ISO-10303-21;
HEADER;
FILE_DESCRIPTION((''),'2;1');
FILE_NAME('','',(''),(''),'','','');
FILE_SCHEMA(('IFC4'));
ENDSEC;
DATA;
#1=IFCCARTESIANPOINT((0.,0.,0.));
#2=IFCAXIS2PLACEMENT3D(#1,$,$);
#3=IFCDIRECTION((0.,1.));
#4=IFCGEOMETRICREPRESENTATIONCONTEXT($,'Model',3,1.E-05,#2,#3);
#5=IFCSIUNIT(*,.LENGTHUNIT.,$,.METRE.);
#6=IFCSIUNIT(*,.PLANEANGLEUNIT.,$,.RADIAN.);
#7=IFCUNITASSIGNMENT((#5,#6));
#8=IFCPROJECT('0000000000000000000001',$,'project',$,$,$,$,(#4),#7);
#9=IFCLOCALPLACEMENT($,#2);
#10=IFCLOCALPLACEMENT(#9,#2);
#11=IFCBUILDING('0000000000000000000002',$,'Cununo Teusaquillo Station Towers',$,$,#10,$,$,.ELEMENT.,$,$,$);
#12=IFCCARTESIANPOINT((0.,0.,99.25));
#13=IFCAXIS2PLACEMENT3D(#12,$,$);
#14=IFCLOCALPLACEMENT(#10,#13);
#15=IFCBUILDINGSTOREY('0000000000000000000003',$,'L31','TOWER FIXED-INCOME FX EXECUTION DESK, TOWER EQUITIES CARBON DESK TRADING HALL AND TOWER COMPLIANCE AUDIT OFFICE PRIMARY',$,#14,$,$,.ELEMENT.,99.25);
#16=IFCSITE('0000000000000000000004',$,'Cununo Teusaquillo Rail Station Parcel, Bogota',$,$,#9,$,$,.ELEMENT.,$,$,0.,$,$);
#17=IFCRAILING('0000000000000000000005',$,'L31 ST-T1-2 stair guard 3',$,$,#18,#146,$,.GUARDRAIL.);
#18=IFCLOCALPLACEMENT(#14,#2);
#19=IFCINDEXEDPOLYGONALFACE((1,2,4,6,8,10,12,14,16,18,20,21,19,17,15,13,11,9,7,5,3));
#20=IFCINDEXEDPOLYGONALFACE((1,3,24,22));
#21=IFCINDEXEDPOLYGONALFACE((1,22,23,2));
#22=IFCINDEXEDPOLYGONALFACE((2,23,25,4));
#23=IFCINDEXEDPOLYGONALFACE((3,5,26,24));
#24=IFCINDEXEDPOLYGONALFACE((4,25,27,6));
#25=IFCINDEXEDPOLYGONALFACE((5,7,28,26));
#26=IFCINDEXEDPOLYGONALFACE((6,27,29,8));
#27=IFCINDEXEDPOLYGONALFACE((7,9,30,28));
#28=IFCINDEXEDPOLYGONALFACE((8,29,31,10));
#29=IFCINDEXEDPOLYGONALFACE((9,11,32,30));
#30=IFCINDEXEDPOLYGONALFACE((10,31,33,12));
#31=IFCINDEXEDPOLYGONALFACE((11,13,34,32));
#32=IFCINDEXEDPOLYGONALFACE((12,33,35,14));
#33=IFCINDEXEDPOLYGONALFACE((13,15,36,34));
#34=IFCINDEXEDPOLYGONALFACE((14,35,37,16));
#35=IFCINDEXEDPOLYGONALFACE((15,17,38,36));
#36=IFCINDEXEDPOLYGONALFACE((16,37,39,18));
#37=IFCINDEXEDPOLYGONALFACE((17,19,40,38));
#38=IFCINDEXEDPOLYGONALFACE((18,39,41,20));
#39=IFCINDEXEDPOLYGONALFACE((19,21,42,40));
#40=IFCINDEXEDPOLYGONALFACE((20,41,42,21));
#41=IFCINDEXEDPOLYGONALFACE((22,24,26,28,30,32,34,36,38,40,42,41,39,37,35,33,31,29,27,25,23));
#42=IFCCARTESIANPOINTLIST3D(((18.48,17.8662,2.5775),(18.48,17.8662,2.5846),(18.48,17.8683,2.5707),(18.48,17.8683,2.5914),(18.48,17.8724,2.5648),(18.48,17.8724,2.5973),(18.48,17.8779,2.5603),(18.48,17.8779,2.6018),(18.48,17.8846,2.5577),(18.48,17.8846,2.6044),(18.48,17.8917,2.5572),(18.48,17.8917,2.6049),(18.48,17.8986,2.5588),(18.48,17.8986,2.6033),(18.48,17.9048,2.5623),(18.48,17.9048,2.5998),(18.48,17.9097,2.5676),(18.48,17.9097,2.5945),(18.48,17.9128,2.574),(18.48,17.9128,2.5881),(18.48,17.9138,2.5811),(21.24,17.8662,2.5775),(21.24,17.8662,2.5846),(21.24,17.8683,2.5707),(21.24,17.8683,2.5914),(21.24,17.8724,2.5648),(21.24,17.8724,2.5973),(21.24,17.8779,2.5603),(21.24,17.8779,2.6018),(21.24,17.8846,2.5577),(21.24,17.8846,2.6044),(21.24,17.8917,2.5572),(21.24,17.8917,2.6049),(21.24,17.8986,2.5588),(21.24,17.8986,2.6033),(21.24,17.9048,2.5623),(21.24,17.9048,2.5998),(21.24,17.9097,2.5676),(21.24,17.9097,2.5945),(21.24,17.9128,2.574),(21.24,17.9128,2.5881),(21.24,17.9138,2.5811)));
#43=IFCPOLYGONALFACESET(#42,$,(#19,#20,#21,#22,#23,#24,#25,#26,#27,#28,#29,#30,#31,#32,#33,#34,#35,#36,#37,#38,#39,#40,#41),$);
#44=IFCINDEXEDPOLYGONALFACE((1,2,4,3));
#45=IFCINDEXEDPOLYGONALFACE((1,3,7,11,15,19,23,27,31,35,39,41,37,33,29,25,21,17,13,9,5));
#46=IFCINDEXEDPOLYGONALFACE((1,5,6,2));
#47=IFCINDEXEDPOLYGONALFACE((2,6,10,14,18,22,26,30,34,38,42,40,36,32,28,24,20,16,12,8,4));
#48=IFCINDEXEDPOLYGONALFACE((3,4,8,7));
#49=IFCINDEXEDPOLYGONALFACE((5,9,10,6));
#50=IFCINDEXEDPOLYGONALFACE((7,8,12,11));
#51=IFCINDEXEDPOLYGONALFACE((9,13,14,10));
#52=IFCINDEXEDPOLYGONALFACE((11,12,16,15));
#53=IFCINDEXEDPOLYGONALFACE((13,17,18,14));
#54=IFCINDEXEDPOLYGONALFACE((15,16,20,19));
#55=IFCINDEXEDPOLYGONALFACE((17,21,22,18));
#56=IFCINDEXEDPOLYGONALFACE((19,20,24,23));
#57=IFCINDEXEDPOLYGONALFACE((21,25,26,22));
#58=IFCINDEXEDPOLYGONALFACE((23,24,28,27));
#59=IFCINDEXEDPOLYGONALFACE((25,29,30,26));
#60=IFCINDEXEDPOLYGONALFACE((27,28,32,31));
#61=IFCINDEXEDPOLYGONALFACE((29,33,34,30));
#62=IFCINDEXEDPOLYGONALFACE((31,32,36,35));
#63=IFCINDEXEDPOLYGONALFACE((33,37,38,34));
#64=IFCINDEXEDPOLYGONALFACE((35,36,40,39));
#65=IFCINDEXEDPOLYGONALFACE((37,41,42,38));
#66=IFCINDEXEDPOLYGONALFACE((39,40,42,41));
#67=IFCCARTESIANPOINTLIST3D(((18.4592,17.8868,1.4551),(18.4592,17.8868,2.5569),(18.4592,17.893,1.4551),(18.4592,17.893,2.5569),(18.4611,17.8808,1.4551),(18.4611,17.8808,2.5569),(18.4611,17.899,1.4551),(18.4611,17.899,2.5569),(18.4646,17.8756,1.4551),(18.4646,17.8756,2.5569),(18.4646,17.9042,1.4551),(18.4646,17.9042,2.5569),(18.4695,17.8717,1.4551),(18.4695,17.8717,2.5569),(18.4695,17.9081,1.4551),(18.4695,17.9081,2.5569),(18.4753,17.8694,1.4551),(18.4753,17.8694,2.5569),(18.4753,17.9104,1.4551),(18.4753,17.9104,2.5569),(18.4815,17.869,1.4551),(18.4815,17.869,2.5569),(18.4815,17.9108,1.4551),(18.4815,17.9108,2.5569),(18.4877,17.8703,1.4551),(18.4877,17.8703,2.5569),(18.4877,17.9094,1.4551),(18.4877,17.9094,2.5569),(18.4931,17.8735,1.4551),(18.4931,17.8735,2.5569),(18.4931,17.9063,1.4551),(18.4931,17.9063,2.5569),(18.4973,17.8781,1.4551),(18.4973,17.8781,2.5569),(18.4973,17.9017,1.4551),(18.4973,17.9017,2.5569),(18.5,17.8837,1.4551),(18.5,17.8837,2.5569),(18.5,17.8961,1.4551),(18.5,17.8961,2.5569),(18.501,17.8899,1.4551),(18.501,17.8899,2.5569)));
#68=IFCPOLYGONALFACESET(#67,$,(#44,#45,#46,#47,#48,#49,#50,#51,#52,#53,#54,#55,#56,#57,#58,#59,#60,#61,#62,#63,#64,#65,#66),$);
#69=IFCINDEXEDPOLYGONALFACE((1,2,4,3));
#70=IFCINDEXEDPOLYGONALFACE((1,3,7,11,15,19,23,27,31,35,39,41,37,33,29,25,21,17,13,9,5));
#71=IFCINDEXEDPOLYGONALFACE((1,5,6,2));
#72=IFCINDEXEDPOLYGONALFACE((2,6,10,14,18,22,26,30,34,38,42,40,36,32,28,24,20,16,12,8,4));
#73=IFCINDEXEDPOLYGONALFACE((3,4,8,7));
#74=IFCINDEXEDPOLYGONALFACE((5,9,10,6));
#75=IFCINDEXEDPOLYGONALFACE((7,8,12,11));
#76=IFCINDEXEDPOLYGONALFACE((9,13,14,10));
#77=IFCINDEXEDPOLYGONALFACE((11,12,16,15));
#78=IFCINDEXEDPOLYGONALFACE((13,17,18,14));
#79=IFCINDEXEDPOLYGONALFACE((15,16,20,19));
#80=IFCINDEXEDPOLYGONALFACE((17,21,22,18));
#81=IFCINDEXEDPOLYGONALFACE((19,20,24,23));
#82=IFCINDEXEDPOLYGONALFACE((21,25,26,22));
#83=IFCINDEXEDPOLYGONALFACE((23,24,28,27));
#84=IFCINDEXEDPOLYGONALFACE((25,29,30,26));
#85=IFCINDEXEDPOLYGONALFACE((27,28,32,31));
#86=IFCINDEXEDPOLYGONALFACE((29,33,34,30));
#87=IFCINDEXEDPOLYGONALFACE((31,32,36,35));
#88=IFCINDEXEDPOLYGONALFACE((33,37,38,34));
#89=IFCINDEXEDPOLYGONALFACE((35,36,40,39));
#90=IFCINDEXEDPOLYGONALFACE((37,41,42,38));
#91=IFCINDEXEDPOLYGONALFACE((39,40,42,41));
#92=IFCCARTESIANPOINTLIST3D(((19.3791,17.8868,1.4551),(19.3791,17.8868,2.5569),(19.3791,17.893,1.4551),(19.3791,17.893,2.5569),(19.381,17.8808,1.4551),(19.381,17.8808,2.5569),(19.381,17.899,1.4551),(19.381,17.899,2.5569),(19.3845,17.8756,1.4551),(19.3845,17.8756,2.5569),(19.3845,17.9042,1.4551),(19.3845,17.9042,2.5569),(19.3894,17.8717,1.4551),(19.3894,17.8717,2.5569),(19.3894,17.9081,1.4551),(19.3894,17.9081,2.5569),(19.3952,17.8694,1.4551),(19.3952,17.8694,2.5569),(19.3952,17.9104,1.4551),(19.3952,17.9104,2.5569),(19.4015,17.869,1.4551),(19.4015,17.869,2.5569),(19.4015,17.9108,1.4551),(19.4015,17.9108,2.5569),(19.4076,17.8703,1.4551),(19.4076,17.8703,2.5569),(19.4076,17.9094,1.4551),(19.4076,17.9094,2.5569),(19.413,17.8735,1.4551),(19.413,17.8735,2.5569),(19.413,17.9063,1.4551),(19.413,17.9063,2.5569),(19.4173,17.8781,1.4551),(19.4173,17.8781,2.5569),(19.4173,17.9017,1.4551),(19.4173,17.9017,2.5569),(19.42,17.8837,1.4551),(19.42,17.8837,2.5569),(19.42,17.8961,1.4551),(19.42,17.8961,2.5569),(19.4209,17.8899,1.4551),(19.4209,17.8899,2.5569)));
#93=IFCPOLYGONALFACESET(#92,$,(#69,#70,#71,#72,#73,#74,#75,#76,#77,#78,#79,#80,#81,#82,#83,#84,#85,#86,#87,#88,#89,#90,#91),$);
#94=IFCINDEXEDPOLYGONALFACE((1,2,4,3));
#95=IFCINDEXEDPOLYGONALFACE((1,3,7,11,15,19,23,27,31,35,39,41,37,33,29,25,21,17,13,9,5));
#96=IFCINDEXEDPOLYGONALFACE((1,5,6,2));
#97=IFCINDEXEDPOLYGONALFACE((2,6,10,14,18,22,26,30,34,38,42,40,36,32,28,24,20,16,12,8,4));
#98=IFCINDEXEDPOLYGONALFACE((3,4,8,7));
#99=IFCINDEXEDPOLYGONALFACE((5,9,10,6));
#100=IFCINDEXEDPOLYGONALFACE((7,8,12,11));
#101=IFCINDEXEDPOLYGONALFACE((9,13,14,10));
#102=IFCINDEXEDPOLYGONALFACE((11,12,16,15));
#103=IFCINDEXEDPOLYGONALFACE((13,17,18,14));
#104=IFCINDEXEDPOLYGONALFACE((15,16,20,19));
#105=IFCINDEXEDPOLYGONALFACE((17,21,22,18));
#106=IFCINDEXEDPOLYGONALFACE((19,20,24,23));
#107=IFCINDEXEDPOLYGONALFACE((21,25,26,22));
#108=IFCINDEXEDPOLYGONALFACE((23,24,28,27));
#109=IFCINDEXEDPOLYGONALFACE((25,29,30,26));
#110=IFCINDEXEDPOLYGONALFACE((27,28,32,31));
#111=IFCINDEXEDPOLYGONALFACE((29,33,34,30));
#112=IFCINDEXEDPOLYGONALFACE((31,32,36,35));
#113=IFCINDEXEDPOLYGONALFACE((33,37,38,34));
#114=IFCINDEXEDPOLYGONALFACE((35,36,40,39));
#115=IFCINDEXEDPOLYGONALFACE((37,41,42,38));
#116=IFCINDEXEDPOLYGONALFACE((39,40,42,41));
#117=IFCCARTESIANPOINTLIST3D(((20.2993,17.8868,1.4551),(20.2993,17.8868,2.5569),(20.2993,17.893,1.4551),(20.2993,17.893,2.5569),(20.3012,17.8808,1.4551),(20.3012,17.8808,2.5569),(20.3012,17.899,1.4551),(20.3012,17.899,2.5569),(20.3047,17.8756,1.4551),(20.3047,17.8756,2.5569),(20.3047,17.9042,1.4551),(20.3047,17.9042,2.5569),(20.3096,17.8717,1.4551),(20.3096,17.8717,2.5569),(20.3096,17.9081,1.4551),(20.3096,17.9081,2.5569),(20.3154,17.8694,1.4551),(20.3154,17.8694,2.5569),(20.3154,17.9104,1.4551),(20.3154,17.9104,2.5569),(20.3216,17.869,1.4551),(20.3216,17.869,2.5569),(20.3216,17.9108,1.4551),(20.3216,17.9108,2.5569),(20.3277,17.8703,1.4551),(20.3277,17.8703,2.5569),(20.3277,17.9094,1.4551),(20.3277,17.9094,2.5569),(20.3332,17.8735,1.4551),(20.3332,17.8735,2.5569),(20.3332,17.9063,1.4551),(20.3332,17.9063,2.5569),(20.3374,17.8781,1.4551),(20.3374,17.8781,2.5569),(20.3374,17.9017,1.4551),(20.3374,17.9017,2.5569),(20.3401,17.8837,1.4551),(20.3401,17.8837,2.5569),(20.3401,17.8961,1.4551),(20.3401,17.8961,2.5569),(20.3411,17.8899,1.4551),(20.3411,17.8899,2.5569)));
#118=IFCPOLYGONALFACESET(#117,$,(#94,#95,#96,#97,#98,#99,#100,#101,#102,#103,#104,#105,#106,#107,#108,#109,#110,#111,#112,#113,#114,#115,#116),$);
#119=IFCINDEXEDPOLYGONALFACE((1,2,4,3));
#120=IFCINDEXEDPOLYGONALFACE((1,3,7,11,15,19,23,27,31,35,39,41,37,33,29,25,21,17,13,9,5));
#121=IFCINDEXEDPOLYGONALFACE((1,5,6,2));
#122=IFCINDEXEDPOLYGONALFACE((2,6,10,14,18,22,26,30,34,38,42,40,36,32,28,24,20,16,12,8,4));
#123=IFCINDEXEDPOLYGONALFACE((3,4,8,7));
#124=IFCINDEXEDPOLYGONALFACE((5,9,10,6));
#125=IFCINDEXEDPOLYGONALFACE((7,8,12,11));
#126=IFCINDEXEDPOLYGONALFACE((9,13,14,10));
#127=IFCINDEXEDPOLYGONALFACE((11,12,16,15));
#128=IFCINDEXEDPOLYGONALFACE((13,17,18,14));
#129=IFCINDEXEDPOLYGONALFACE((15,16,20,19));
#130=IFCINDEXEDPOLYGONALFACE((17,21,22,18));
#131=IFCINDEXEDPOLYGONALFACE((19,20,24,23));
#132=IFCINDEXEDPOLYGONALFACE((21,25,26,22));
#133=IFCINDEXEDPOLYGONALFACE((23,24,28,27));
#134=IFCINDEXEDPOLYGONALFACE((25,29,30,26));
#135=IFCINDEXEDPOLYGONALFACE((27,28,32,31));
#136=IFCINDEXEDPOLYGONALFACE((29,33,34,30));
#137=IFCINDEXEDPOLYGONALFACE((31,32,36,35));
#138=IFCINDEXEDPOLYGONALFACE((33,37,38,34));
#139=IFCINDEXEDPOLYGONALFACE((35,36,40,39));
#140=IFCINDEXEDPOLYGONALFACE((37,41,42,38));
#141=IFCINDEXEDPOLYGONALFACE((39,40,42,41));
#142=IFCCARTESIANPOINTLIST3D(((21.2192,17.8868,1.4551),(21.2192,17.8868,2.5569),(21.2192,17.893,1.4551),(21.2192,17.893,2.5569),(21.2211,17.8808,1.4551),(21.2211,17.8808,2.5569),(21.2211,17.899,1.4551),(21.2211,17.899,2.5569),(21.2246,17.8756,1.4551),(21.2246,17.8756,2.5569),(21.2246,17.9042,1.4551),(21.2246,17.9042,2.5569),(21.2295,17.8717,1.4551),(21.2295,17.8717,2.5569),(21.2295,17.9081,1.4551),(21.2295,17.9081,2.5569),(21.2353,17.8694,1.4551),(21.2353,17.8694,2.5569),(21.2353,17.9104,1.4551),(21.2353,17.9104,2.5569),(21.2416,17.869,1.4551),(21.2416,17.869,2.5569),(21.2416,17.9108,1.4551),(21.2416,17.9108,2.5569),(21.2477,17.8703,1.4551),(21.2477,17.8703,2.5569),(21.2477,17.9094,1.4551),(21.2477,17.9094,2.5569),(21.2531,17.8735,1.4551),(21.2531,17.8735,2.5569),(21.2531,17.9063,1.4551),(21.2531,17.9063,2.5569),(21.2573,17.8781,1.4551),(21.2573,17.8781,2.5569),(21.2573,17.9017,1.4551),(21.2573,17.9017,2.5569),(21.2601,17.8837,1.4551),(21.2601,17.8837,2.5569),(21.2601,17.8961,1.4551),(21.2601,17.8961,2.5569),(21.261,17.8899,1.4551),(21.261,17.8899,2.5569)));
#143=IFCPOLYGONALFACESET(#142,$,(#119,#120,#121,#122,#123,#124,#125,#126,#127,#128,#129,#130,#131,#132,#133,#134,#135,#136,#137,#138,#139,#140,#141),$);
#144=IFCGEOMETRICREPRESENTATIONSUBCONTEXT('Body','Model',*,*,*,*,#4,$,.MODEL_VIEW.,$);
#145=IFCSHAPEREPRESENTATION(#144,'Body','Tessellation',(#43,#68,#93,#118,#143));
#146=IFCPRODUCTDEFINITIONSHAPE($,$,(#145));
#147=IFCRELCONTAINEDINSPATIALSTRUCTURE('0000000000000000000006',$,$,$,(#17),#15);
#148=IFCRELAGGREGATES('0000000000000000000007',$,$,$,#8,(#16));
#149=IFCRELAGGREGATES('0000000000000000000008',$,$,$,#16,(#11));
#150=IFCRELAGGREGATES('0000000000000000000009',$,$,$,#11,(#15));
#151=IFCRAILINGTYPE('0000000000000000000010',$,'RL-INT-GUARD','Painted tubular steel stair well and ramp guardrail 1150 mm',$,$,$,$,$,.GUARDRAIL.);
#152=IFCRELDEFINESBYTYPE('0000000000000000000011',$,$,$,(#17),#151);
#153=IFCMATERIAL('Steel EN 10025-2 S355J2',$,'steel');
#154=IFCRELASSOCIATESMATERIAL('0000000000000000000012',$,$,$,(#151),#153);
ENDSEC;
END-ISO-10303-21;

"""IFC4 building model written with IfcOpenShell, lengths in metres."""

from ifc_helpers import new_model, si_unit, direction, frame, origin, origin_2d, place, context, subcontext, project, spatial, circle, extrude, material, type_object, element, save


model = new_model("IFC4")

# Units and contexts
model_context = context("Model", 3, precision=1e-05, world=origin(), true_north=direction((0.0, 1.0)))
body_context = subcontext(model_context, "Body", "Model", "MODEL_VIEW")
ifc_project = project(units=[si_unit("LENGTHUNIT", "METRE"), si_unit("PLANEANGLEUNIT", "RADIAN")], contexts=[model_context])

# Site, building, storey
site_placement = place(None, origin())
site = spatial("IfcSite", under=ifc_project, at=site_placement, Name="Cununo Teusaquillo Rail Station Parcel, Bogota", CompositionType="ELEMENT", RefElevation=0.0)
building_placement = place(site_placement, origin())
building = spatial("IfcBuilding", under=site, at=building_placement, Name="Cununo Teusaquillo Station Towers", CompositionType="ELEMENT")
storey_placement = place(building_placement, frame((0.0, 0.0, 99.25)))
storey = spatial("IfcBuildingStorey", under=building, at=storey_placement, Name="L31", Description="TOWER FIXED-INCOME FX EXECUTION DESK, TOWER EQUITIES CARBON DESK TRADING HALL AND TOWER COMPLIANCE AUDIT OFFICE PRIMARY", CompositionType="ELEMENT", Elevation=99.25)

# Railing
ifc_material_1 = material(Name="Steel EN 10025-2 S355J2", Category="steel")
railing_type_1 = type_object("IfcRailingType", Name="RL-INT-GUARD", Description="Painted tubular steel stair well and ramp guardrail 1150 mm", PredefinedType="GUARDRAIL", material=ifc_material_1)
railing_1_placement = place(storey_placement, frame((18.48, 17.8899, 1.4551)))
element("IfcRailing", 1, at=railing_1_placement, inside=storey, type_object=railing_type_1, Name="L31 ST-T1-2 stair guard 3", PredefinedType="GUARDRAIL", context=body_context, shape_type="SweptSolid", body=[
    extrude(circle(Radius=0.0239, at=origin_2d()), frame((0.0, 0.0, 1.126), z_axis=(1.0, 0.0, 0.0), x_axis=(0.0, 1.0, 0.0)), (0.0, 0.0, 1.0), 2.76),
    extrude(circle(Radius=0.021, at=origin_2d()), origin(), (0.0, 0.0, 1.0), 1.1018),
    extrude(circle(Radius=0.021, at=origin_2d()), frame((0.9199, 0.0, 0.0)), (0.0, 0.0, 1.0), 1.1018),
    extrude(circle(Radius=0.021, at=origin_2d()), frame((1.8401, 0.0, 0.0)), (0.0, 0.0, 1.0), 1.1018),
    extrude(circle(Radius=0.021, at=origin_2d()), frame((2.76, 0.0, 0.0)), (0.0, 0.0, 1.0), 1.1018),
])

save(model, "model.ifc")
